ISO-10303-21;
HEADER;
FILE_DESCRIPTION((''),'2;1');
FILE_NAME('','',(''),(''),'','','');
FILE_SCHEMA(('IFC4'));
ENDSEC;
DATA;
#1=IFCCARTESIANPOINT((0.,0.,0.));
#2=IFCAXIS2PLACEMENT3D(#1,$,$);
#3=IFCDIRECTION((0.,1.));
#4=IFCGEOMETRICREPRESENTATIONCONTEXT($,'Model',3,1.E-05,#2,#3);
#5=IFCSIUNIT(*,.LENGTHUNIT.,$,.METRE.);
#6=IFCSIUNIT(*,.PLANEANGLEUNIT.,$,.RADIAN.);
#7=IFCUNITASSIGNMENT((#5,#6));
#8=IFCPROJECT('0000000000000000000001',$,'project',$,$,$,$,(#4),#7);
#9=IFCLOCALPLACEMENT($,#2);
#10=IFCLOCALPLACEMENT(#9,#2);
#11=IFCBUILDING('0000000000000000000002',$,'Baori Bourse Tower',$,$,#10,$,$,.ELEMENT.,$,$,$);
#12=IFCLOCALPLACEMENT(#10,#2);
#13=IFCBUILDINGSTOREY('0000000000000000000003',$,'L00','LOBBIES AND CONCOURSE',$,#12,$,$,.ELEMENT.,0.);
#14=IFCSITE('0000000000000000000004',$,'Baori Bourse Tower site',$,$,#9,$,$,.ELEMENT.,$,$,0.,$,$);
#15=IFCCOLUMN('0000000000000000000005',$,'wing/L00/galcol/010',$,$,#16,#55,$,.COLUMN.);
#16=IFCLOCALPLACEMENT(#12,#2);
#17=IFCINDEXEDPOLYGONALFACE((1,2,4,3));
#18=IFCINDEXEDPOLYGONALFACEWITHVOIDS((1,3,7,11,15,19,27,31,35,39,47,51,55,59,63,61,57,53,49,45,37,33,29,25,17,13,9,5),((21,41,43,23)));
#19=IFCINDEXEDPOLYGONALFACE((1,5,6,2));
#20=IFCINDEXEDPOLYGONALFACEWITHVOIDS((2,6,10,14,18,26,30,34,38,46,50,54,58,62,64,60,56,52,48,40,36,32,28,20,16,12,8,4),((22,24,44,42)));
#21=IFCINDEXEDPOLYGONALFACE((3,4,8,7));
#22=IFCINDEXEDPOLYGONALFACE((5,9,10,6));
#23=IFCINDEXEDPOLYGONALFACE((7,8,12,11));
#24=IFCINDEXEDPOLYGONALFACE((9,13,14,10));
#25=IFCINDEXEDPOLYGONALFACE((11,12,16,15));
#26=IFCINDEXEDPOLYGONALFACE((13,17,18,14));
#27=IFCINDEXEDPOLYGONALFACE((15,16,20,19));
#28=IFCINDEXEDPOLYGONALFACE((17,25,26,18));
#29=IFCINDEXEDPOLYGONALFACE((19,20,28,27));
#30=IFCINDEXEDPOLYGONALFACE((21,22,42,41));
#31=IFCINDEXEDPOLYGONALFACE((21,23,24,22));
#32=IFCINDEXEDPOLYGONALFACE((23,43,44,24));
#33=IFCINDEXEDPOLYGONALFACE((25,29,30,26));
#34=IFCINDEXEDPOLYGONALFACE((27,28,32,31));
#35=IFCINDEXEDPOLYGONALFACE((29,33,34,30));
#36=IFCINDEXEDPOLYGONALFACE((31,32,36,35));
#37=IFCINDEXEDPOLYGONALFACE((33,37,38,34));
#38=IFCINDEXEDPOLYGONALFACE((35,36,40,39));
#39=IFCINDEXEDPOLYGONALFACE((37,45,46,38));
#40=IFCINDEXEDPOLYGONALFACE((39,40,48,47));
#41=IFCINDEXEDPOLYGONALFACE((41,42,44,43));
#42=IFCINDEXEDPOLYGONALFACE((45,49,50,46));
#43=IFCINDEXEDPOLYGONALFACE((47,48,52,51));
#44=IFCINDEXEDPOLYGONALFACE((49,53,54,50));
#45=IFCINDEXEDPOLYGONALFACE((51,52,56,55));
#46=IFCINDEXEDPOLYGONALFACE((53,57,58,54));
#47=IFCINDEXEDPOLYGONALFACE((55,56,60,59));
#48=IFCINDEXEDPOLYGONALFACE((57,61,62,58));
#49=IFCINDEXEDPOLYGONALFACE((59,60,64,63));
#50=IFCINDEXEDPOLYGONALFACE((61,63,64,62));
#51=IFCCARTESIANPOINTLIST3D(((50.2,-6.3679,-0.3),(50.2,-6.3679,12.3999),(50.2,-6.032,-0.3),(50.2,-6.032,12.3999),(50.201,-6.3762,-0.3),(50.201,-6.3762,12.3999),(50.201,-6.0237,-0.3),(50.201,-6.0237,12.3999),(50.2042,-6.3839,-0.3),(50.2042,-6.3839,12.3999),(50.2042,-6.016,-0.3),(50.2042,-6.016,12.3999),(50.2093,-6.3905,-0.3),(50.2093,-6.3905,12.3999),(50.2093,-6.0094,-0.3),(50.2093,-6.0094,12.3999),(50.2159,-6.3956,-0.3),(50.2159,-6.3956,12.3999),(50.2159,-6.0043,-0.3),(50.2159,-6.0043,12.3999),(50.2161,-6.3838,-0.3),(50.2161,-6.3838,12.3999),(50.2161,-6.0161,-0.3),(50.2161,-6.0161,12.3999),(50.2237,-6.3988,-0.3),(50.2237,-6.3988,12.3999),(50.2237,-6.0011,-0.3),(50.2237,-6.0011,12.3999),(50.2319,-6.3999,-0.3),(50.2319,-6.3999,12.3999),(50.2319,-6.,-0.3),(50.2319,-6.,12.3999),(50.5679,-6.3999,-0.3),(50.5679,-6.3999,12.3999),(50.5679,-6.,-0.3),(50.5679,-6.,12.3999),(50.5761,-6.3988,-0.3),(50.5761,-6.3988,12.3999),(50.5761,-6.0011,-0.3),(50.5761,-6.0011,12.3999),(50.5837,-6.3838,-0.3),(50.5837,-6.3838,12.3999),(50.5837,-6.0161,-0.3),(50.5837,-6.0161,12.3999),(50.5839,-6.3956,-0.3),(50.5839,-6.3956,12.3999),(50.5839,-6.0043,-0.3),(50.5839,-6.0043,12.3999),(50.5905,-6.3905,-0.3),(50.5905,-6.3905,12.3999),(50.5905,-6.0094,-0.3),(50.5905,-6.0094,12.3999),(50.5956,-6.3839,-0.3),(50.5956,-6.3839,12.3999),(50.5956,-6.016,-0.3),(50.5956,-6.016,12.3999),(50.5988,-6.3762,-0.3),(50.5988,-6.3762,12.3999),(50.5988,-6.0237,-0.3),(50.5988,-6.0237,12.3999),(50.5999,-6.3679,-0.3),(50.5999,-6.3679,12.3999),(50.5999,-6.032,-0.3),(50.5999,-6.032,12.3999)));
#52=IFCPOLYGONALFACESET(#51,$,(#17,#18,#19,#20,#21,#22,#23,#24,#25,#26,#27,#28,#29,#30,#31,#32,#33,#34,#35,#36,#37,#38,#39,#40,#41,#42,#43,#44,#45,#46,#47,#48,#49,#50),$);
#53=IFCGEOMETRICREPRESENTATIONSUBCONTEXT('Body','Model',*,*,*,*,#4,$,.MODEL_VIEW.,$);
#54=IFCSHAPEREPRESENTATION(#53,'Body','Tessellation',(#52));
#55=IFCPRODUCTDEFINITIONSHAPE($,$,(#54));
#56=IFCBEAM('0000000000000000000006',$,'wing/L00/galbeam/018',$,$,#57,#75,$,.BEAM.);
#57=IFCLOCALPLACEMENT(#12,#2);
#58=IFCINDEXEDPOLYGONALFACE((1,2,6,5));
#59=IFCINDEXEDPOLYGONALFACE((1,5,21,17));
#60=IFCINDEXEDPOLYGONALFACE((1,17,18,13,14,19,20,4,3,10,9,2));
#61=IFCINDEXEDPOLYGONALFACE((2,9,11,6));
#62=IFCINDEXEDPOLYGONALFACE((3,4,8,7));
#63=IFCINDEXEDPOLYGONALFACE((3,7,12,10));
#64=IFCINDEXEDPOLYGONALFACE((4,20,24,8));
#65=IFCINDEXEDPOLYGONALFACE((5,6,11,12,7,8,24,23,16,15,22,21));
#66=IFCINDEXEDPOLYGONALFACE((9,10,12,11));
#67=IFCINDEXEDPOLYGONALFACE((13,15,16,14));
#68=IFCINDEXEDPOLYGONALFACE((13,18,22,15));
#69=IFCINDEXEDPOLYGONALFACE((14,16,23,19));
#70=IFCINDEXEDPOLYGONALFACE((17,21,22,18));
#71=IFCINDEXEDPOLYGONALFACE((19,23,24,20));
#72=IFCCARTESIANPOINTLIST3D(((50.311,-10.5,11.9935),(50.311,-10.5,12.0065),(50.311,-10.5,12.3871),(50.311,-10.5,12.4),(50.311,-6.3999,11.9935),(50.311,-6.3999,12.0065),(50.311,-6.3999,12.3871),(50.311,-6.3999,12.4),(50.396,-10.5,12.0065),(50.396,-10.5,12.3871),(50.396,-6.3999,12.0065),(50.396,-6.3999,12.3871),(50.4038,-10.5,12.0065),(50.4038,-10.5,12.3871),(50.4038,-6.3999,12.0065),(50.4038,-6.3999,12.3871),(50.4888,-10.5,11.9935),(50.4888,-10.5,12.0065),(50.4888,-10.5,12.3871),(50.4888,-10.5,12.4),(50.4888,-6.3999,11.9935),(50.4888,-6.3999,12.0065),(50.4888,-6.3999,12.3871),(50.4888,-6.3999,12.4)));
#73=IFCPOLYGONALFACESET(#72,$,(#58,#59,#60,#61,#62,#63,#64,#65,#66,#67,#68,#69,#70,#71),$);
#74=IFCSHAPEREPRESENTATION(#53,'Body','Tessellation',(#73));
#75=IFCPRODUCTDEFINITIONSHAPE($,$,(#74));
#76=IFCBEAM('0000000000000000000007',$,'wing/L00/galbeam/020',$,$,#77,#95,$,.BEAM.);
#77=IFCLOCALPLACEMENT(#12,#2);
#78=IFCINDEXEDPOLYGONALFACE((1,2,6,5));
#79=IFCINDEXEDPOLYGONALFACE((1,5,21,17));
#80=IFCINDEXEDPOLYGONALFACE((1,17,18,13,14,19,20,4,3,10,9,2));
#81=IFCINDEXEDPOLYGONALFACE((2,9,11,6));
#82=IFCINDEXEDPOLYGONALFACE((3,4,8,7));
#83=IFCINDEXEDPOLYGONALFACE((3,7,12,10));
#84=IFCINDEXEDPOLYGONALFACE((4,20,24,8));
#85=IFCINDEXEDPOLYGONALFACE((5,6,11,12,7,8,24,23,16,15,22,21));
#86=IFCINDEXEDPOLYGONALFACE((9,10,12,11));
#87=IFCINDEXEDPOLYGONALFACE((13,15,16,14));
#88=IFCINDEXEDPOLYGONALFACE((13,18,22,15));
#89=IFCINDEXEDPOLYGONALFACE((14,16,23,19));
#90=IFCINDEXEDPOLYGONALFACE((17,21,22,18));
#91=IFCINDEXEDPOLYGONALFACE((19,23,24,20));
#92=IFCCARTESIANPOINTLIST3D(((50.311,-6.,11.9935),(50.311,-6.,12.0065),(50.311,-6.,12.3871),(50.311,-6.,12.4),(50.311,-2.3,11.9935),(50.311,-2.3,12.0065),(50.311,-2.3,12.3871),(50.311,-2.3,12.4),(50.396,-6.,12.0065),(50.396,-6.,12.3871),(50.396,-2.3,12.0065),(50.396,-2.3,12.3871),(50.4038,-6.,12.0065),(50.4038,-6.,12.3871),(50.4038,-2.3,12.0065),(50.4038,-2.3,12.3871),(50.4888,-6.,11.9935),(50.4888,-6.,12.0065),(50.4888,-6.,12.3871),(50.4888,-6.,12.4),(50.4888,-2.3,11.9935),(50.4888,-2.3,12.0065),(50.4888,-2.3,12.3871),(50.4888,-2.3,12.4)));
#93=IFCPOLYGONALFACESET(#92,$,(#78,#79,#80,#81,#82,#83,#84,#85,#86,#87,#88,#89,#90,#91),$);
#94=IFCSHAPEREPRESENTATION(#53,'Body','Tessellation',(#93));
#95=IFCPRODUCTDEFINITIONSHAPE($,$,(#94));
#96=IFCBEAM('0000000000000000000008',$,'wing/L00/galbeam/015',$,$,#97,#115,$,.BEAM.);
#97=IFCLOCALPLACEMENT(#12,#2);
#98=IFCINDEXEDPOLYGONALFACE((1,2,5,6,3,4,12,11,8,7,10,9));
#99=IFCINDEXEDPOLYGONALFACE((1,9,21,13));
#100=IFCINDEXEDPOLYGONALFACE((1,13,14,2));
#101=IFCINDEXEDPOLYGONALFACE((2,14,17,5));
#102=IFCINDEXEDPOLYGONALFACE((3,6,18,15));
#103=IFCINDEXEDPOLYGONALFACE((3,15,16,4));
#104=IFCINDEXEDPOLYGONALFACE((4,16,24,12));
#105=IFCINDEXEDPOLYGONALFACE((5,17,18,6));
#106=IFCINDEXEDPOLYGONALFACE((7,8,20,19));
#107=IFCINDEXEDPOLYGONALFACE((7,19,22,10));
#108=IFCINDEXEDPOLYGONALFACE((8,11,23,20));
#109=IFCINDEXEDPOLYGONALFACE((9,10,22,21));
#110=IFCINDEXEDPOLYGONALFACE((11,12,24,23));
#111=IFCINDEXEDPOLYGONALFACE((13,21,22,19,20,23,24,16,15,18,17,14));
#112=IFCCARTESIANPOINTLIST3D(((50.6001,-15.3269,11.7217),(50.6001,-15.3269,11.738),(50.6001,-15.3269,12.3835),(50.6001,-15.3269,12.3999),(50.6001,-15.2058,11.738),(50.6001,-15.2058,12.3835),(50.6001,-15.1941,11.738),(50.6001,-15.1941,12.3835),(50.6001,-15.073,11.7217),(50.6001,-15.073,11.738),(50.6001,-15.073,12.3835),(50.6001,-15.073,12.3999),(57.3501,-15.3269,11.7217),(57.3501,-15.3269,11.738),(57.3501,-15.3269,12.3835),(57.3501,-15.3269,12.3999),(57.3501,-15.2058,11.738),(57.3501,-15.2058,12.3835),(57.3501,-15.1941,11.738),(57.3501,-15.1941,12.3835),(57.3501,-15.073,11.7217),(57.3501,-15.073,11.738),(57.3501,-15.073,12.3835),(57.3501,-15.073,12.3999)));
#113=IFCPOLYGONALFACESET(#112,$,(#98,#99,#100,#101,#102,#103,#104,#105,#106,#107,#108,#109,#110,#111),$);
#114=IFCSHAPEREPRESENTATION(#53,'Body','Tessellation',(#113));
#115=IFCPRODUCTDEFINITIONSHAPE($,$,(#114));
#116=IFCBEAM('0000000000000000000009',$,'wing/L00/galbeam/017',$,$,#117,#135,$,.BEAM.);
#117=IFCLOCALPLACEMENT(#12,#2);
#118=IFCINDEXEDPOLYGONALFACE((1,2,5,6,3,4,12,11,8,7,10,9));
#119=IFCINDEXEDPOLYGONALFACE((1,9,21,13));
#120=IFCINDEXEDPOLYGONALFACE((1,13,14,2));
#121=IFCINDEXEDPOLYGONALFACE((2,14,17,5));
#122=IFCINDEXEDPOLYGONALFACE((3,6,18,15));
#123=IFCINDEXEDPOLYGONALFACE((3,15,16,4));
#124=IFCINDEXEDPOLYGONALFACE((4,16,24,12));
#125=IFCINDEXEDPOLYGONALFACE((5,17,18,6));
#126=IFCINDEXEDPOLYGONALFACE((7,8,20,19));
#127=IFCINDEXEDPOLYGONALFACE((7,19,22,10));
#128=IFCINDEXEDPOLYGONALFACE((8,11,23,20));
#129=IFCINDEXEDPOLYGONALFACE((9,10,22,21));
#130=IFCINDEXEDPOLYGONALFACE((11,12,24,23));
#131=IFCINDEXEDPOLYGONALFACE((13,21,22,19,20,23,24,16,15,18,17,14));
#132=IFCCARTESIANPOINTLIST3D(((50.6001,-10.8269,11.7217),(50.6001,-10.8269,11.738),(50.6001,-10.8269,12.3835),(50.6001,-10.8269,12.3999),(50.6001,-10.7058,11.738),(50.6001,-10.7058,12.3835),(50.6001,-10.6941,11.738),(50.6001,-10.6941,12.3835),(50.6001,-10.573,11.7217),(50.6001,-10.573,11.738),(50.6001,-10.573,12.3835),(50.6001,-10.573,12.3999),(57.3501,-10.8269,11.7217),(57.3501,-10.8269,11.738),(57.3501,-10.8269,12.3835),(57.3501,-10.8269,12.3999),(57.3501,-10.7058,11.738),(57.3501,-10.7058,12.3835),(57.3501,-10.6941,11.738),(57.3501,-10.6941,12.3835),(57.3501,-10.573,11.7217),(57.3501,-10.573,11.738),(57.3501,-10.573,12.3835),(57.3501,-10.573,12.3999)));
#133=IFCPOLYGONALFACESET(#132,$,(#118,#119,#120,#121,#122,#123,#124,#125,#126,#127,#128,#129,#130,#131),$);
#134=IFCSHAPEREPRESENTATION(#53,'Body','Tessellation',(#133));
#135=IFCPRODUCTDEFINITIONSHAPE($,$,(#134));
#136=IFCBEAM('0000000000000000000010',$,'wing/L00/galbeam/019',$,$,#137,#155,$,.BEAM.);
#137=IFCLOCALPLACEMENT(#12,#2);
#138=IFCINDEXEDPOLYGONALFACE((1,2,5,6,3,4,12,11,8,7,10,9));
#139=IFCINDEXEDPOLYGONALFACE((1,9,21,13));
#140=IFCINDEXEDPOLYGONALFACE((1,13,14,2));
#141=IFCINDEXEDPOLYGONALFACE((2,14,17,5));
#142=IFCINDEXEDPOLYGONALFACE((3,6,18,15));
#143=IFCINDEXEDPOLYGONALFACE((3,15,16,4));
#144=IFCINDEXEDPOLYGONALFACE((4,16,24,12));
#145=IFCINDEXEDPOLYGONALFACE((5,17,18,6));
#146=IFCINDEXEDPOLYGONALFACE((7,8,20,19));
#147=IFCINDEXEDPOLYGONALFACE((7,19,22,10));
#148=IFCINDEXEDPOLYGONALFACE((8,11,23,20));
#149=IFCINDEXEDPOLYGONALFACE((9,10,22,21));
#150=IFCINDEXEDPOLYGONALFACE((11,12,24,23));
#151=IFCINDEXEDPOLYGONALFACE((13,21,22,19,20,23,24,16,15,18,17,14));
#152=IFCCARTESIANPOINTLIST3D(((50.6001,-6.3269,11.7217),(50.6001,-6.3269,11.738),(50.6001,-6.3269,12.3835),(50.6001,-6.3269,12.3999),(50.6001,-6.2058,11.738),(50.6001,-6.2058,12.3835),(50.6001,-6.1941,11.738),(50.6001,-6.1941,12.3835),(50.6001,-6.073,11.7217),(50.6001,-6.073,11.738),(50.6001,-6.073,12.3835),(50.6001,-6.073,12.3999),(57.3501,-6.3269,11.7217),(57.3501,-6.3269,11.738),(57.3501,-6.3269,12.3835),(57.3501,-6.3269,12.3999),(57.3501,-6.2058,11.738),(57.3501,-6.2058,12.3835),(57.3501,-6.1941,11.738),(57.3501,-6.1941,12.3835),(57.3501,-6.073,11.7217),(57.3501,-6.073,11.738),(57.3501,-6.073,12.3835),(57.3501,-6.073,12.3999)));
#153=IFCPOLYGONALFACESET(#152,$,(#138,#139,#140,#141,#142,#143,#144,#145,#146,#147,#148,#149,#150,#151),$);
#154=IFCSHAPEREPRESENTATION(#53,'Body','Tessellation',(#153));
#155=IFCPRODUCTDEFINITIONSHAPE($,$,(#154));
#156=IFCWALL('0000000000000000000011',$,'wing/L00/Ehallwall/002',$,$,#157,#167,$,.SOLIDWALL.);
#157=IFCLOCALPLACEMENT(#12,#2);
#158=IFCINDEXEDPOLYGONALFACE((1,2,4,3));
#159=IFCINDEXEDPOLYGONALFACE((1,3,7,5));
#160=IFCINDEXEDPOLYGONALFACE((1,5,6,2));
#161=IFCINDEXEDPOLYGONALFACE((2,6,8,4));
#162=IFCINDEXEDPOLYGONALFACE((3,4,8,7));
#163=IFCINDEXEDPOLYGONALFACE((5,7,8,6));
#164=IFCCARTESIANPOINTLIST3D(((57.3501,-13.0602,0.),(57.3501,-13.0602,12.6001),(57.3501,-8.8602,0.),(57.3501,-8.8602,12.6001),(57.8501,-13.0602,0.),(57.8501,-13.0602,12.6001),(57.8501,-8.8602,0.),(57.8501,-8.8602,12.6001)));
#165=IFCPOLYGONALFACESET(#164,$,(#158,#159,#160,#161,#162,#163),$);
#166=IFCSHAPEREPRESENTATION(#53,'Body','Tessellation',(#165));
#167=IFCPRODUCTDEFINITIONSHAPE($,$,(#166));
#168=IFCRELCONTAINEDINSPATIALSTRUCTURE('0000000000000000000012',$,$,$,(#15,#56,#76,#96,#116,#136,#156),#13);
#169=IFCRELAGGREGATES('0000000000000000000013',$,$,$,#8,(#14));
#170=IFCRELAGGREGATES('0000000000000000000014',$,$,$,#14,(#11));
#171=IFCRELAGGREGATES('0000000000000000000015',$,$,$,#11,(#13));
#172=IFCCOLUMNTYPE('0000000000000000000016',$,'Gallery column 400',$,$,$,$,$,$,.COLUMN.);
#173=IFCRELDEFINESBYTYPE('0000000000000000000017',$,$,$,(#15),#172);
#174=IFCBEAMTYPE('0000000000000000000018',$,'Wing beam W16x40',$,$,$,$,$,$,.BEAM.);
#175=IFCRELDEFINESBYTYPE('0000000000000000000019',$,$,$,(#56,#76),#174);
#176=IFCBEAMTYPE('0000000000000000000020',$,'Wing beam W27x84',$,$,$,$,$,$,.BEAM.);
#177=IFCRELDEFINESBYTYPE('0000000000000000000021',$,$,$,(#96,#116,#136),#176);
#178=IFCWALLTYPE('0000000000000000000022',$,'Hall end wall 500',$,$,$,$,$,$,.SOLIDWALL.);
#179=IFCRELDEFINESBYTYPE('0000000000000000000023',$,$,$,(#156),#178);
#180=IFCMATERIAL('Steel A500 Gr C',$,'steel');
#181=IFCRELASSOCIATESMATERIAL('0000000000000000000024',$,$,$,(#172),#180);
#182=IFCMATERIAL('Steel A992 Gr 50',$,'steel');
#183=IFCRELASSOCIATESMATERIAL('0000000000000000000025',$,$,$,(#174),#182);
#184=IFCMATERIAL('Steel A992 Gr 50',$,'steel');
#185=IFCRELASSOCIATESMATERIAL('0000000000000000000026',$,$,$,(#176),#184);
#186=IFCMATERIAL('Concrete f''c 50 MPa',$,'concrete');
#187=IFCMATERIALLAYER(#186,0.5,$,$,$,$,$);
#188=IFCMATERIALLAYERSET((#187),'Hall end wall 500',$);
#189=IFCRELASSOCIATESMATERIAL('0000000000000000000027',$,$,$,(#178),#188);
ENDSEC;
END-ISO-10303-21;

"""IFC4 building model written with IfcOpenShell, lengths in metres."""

from ifc_helpers import new_model, si_unit, direction, frame, frame_2d, origin, origin_2d, place, context, subcontext, project, spatial, rectangle, hollow_rectangle, i_section, extrude, material, layer, layer_set, material_profile, profile_set, type_object, element, save


model = new_model("IFC4")

# Units and contexts
model_context = context("Model", 3, precision=1e-05, world=origin(), true_north=direction((0.0, 1.0)))
body_context = subcontext(model_context, "Body", "Model", "MODEL_VIEW")
ifc_project = project(units=[si_unit("LENGTHUNIT", "METRE"), si_unit("PLANEANGLEUNIT", "RADIAN")], contexts=[model_context])

# Site, building, storey
site_placement = place(None, origin())
site = spatial("IfcSite", under=ifc_project, at=site_placement, Name="Baori Bourse Tower site", CompositionType="ELEMENT", RefElevation=0.0)
building_placement = place(site_placement, origin())
building = spatial("IfcBuilding", under=site, at=building_placement, Name="Baori Bourse Tower", CompositionType="ELEMENT")
storey_placement = place(building_placement, origin())
storey = spatial("IfcBuildingStorey", under=building, at=storey_placement, Name="L00", Description="LOBBIES AND CONCOURSE", CompositionType="ELEMENT", Elevation=0.0)

# Column
ifc_material_1 = material(Name="Steel A500 Gr C", Category="steel")
ifc_material_profile_1 = material_profile(ifc_material_1, hollow_rectangle(XDim=0.3999, YDim=0.3999, WallThickness=0.0161, OuterFilletRadius=0.032, at=origin_2d()), Name="HSS400x400x16")
ifc_profile_set_1 = profile_set([ifc_material_profile_1], Name="Steel A500 Gr C")
column_type = type_object("IfcColumnType", Name="Gallery column 400", PredefinedType="COLUMN", material=ifc_profile_set_1)
column_placement = place(storey_placement, frame((50.3999, -6.2, -0.3), z_axis=(0.0, 0.0, 1.0), x_axis=(1.0, 0.0, 0.0)))
element("IfcColumn", 1, at=column_placement, inside=storey, type_object=column_type, Name="wing/L00/galcol/010", PredefinedType="COLUMN", context=body_context, shape_type="SweptSolid", body=[
    extrude(hollow_rectangle(XDim=0.3999, YDim=0.3999, WallThickness=0.0161, OuterFilletRadius=0.032, at=origin_2d()), origin(), (0.0, 0.0, 1.0), 12.7),
])

# Beams
ifc_material_2 = material(Name="Steel A992 Gr 50", Category="steel")
ifc_material_profile_2 = material_profile(ifc_material_2, i_section(OverallWidth=0.1777, OverallDepth=0.4065, WebThickness=0.0078, FlangeThickness=0.0129, at=origin_2d()), Name="W16x40")
ifc_profile_set_2 = profile_set([ifc_material_profile_2], Name="Steel A992 Gr 50")
beam_type_1 = type_object("IfcBeamType", Name="Wing beam W16x40", PredefinedType="BEAM", material=ifc_profile_set_2)
beam_1_placement = place(storey_placement, frame((50.3999, -10.5, 12.1968), z_axis=(0.0, 1.0, 0.0), x_axis=(-1.0, 0.0, 0.0)))
element("IfcBeam", 2, at=beam_1_placement, inside=storey, type_object=beam_type_1, Name="wing/L00/galbeam/018", PredefinedType="BEAM", context=body_context, shape_type="SweptSolid", body=[
    extrude(i_section(OverallWidth=0.1777, OverallDepth=0.4065, WebThickness=0.0078, FlangeThickness=0.0129, at=origin_2d()), origin(), (0.0, 0.0, 1.0), 4.1001),
])
beam_2_placement = place(storey_placement, frame((50.3999, -6.0, 12.1968), z_axis=(0.0, 1.0, 0.0), x_axis=(-1.0, 0.0, 0.0)))
element("IfcBeam", 3, at=beam_2_placement, inside=storey, type_object=beam_type_1, Name="wing/L00/galbeam/020", PredefinedType="BEAM", context=body_context, shape_type="SweptSolid", body=[
    extrude(i_section(OverallWidth=0.1777, OverallDepth=0.4065, WebThickness=0.0078, FlangeThickness=0.0129, at=origin_2d()), origin(), (0.0, 0.0, 1.0), 3.7),
])
ifc_material_3 = material(Name="Steel A992 Gr 50", Category="steel")
ifc_material_profile_3 = material_profile(ifc_material_3, i_section(OverallWidth=0.2539, OverallDepth=0.6782, WebThickness=0.0117, FlangeThickness=0.0164, at=origin_2d()), Name="W27x84")
ifc_profile_set_3 = profile_set([ifc_material_profile_3], Name="Steel A992 Gr 50")
beam_type_2 = type_object("IfcBeamType", Name="Wing beam W27x84", PredefinedType="BEAM", material=ifc_profile_set_3)
for number, where, z_axis, x_axis, name in (
    (4, (57.3501, -15.2, 12.0608), (-1.0, 0.0, 0.0), (0.0, -1.0, 0.0), "wing/L00/galbeam/015"),
    (5, (57.3501, -10.7, 12.0608), (-1.0, 0.0, 0.0), (0.0, -1.0, 0.0), "wing/L00/galbeam/017"),
    (6, (57.3501, -6.2, 12.0608), (-1.0, 0.0, 0.0), (0.0, -1.0, 0.0), "wing/L00/galbeam/019"),
):
    element("IfcBeam", number, at=place(storey_placement, frame(where, z_axis=z_axis, x_axis=x_axis)), inside=storey, type_object=beam_type_2, Name=name, PredefinedType="BEAM", context=body_context, shape_type="SweptSolid", body=[
        extrude(i_section(OverallWidth=0.2539, OverallDepth=0.6782, WebThickness=0.0117, FlangeThickness=0.0164, at=origin_2d()), origin(), (0.0, 0.0, 1.0), 6.75),
    ])

# Wall
ifc_material_4 = material(Name="Concrete f'c 50 MPa", Category="concrete")
ifc_layer = layer(ifc_material_4, 0.5)
ifc_layer_set = layer_set([ifc_layer], Name="Hall end wall 500")
wall_type = type_object("IfcWallType", Name="Hall end wall 500", PredefinedType="SOLIDWALL", material=ifc_layer_set)
wall_1_placement = place(storey_placement, frame((57.6001, -8.8601, 0.0), z_axis=(0.0, 0.0, 1.0), x_axis=(0.0, -1.0, 0.0)))
element("IfcWall", 7, at=wall_1_placement, inside=storey, type_object=wall_type, Name="wing/L00/Ehallwall/002", PredefinedType="SOLIDWALL", context=body_context, shape_type="SweptSolid", body=[
    extrude(rectangle(XDim=4.2, YDim=0.5, at=frame_2d((2.1001, 0.0))), origin(), (0.0, 0.0, 1.0), 12.6001),
])

save(model, "model.ifc")
